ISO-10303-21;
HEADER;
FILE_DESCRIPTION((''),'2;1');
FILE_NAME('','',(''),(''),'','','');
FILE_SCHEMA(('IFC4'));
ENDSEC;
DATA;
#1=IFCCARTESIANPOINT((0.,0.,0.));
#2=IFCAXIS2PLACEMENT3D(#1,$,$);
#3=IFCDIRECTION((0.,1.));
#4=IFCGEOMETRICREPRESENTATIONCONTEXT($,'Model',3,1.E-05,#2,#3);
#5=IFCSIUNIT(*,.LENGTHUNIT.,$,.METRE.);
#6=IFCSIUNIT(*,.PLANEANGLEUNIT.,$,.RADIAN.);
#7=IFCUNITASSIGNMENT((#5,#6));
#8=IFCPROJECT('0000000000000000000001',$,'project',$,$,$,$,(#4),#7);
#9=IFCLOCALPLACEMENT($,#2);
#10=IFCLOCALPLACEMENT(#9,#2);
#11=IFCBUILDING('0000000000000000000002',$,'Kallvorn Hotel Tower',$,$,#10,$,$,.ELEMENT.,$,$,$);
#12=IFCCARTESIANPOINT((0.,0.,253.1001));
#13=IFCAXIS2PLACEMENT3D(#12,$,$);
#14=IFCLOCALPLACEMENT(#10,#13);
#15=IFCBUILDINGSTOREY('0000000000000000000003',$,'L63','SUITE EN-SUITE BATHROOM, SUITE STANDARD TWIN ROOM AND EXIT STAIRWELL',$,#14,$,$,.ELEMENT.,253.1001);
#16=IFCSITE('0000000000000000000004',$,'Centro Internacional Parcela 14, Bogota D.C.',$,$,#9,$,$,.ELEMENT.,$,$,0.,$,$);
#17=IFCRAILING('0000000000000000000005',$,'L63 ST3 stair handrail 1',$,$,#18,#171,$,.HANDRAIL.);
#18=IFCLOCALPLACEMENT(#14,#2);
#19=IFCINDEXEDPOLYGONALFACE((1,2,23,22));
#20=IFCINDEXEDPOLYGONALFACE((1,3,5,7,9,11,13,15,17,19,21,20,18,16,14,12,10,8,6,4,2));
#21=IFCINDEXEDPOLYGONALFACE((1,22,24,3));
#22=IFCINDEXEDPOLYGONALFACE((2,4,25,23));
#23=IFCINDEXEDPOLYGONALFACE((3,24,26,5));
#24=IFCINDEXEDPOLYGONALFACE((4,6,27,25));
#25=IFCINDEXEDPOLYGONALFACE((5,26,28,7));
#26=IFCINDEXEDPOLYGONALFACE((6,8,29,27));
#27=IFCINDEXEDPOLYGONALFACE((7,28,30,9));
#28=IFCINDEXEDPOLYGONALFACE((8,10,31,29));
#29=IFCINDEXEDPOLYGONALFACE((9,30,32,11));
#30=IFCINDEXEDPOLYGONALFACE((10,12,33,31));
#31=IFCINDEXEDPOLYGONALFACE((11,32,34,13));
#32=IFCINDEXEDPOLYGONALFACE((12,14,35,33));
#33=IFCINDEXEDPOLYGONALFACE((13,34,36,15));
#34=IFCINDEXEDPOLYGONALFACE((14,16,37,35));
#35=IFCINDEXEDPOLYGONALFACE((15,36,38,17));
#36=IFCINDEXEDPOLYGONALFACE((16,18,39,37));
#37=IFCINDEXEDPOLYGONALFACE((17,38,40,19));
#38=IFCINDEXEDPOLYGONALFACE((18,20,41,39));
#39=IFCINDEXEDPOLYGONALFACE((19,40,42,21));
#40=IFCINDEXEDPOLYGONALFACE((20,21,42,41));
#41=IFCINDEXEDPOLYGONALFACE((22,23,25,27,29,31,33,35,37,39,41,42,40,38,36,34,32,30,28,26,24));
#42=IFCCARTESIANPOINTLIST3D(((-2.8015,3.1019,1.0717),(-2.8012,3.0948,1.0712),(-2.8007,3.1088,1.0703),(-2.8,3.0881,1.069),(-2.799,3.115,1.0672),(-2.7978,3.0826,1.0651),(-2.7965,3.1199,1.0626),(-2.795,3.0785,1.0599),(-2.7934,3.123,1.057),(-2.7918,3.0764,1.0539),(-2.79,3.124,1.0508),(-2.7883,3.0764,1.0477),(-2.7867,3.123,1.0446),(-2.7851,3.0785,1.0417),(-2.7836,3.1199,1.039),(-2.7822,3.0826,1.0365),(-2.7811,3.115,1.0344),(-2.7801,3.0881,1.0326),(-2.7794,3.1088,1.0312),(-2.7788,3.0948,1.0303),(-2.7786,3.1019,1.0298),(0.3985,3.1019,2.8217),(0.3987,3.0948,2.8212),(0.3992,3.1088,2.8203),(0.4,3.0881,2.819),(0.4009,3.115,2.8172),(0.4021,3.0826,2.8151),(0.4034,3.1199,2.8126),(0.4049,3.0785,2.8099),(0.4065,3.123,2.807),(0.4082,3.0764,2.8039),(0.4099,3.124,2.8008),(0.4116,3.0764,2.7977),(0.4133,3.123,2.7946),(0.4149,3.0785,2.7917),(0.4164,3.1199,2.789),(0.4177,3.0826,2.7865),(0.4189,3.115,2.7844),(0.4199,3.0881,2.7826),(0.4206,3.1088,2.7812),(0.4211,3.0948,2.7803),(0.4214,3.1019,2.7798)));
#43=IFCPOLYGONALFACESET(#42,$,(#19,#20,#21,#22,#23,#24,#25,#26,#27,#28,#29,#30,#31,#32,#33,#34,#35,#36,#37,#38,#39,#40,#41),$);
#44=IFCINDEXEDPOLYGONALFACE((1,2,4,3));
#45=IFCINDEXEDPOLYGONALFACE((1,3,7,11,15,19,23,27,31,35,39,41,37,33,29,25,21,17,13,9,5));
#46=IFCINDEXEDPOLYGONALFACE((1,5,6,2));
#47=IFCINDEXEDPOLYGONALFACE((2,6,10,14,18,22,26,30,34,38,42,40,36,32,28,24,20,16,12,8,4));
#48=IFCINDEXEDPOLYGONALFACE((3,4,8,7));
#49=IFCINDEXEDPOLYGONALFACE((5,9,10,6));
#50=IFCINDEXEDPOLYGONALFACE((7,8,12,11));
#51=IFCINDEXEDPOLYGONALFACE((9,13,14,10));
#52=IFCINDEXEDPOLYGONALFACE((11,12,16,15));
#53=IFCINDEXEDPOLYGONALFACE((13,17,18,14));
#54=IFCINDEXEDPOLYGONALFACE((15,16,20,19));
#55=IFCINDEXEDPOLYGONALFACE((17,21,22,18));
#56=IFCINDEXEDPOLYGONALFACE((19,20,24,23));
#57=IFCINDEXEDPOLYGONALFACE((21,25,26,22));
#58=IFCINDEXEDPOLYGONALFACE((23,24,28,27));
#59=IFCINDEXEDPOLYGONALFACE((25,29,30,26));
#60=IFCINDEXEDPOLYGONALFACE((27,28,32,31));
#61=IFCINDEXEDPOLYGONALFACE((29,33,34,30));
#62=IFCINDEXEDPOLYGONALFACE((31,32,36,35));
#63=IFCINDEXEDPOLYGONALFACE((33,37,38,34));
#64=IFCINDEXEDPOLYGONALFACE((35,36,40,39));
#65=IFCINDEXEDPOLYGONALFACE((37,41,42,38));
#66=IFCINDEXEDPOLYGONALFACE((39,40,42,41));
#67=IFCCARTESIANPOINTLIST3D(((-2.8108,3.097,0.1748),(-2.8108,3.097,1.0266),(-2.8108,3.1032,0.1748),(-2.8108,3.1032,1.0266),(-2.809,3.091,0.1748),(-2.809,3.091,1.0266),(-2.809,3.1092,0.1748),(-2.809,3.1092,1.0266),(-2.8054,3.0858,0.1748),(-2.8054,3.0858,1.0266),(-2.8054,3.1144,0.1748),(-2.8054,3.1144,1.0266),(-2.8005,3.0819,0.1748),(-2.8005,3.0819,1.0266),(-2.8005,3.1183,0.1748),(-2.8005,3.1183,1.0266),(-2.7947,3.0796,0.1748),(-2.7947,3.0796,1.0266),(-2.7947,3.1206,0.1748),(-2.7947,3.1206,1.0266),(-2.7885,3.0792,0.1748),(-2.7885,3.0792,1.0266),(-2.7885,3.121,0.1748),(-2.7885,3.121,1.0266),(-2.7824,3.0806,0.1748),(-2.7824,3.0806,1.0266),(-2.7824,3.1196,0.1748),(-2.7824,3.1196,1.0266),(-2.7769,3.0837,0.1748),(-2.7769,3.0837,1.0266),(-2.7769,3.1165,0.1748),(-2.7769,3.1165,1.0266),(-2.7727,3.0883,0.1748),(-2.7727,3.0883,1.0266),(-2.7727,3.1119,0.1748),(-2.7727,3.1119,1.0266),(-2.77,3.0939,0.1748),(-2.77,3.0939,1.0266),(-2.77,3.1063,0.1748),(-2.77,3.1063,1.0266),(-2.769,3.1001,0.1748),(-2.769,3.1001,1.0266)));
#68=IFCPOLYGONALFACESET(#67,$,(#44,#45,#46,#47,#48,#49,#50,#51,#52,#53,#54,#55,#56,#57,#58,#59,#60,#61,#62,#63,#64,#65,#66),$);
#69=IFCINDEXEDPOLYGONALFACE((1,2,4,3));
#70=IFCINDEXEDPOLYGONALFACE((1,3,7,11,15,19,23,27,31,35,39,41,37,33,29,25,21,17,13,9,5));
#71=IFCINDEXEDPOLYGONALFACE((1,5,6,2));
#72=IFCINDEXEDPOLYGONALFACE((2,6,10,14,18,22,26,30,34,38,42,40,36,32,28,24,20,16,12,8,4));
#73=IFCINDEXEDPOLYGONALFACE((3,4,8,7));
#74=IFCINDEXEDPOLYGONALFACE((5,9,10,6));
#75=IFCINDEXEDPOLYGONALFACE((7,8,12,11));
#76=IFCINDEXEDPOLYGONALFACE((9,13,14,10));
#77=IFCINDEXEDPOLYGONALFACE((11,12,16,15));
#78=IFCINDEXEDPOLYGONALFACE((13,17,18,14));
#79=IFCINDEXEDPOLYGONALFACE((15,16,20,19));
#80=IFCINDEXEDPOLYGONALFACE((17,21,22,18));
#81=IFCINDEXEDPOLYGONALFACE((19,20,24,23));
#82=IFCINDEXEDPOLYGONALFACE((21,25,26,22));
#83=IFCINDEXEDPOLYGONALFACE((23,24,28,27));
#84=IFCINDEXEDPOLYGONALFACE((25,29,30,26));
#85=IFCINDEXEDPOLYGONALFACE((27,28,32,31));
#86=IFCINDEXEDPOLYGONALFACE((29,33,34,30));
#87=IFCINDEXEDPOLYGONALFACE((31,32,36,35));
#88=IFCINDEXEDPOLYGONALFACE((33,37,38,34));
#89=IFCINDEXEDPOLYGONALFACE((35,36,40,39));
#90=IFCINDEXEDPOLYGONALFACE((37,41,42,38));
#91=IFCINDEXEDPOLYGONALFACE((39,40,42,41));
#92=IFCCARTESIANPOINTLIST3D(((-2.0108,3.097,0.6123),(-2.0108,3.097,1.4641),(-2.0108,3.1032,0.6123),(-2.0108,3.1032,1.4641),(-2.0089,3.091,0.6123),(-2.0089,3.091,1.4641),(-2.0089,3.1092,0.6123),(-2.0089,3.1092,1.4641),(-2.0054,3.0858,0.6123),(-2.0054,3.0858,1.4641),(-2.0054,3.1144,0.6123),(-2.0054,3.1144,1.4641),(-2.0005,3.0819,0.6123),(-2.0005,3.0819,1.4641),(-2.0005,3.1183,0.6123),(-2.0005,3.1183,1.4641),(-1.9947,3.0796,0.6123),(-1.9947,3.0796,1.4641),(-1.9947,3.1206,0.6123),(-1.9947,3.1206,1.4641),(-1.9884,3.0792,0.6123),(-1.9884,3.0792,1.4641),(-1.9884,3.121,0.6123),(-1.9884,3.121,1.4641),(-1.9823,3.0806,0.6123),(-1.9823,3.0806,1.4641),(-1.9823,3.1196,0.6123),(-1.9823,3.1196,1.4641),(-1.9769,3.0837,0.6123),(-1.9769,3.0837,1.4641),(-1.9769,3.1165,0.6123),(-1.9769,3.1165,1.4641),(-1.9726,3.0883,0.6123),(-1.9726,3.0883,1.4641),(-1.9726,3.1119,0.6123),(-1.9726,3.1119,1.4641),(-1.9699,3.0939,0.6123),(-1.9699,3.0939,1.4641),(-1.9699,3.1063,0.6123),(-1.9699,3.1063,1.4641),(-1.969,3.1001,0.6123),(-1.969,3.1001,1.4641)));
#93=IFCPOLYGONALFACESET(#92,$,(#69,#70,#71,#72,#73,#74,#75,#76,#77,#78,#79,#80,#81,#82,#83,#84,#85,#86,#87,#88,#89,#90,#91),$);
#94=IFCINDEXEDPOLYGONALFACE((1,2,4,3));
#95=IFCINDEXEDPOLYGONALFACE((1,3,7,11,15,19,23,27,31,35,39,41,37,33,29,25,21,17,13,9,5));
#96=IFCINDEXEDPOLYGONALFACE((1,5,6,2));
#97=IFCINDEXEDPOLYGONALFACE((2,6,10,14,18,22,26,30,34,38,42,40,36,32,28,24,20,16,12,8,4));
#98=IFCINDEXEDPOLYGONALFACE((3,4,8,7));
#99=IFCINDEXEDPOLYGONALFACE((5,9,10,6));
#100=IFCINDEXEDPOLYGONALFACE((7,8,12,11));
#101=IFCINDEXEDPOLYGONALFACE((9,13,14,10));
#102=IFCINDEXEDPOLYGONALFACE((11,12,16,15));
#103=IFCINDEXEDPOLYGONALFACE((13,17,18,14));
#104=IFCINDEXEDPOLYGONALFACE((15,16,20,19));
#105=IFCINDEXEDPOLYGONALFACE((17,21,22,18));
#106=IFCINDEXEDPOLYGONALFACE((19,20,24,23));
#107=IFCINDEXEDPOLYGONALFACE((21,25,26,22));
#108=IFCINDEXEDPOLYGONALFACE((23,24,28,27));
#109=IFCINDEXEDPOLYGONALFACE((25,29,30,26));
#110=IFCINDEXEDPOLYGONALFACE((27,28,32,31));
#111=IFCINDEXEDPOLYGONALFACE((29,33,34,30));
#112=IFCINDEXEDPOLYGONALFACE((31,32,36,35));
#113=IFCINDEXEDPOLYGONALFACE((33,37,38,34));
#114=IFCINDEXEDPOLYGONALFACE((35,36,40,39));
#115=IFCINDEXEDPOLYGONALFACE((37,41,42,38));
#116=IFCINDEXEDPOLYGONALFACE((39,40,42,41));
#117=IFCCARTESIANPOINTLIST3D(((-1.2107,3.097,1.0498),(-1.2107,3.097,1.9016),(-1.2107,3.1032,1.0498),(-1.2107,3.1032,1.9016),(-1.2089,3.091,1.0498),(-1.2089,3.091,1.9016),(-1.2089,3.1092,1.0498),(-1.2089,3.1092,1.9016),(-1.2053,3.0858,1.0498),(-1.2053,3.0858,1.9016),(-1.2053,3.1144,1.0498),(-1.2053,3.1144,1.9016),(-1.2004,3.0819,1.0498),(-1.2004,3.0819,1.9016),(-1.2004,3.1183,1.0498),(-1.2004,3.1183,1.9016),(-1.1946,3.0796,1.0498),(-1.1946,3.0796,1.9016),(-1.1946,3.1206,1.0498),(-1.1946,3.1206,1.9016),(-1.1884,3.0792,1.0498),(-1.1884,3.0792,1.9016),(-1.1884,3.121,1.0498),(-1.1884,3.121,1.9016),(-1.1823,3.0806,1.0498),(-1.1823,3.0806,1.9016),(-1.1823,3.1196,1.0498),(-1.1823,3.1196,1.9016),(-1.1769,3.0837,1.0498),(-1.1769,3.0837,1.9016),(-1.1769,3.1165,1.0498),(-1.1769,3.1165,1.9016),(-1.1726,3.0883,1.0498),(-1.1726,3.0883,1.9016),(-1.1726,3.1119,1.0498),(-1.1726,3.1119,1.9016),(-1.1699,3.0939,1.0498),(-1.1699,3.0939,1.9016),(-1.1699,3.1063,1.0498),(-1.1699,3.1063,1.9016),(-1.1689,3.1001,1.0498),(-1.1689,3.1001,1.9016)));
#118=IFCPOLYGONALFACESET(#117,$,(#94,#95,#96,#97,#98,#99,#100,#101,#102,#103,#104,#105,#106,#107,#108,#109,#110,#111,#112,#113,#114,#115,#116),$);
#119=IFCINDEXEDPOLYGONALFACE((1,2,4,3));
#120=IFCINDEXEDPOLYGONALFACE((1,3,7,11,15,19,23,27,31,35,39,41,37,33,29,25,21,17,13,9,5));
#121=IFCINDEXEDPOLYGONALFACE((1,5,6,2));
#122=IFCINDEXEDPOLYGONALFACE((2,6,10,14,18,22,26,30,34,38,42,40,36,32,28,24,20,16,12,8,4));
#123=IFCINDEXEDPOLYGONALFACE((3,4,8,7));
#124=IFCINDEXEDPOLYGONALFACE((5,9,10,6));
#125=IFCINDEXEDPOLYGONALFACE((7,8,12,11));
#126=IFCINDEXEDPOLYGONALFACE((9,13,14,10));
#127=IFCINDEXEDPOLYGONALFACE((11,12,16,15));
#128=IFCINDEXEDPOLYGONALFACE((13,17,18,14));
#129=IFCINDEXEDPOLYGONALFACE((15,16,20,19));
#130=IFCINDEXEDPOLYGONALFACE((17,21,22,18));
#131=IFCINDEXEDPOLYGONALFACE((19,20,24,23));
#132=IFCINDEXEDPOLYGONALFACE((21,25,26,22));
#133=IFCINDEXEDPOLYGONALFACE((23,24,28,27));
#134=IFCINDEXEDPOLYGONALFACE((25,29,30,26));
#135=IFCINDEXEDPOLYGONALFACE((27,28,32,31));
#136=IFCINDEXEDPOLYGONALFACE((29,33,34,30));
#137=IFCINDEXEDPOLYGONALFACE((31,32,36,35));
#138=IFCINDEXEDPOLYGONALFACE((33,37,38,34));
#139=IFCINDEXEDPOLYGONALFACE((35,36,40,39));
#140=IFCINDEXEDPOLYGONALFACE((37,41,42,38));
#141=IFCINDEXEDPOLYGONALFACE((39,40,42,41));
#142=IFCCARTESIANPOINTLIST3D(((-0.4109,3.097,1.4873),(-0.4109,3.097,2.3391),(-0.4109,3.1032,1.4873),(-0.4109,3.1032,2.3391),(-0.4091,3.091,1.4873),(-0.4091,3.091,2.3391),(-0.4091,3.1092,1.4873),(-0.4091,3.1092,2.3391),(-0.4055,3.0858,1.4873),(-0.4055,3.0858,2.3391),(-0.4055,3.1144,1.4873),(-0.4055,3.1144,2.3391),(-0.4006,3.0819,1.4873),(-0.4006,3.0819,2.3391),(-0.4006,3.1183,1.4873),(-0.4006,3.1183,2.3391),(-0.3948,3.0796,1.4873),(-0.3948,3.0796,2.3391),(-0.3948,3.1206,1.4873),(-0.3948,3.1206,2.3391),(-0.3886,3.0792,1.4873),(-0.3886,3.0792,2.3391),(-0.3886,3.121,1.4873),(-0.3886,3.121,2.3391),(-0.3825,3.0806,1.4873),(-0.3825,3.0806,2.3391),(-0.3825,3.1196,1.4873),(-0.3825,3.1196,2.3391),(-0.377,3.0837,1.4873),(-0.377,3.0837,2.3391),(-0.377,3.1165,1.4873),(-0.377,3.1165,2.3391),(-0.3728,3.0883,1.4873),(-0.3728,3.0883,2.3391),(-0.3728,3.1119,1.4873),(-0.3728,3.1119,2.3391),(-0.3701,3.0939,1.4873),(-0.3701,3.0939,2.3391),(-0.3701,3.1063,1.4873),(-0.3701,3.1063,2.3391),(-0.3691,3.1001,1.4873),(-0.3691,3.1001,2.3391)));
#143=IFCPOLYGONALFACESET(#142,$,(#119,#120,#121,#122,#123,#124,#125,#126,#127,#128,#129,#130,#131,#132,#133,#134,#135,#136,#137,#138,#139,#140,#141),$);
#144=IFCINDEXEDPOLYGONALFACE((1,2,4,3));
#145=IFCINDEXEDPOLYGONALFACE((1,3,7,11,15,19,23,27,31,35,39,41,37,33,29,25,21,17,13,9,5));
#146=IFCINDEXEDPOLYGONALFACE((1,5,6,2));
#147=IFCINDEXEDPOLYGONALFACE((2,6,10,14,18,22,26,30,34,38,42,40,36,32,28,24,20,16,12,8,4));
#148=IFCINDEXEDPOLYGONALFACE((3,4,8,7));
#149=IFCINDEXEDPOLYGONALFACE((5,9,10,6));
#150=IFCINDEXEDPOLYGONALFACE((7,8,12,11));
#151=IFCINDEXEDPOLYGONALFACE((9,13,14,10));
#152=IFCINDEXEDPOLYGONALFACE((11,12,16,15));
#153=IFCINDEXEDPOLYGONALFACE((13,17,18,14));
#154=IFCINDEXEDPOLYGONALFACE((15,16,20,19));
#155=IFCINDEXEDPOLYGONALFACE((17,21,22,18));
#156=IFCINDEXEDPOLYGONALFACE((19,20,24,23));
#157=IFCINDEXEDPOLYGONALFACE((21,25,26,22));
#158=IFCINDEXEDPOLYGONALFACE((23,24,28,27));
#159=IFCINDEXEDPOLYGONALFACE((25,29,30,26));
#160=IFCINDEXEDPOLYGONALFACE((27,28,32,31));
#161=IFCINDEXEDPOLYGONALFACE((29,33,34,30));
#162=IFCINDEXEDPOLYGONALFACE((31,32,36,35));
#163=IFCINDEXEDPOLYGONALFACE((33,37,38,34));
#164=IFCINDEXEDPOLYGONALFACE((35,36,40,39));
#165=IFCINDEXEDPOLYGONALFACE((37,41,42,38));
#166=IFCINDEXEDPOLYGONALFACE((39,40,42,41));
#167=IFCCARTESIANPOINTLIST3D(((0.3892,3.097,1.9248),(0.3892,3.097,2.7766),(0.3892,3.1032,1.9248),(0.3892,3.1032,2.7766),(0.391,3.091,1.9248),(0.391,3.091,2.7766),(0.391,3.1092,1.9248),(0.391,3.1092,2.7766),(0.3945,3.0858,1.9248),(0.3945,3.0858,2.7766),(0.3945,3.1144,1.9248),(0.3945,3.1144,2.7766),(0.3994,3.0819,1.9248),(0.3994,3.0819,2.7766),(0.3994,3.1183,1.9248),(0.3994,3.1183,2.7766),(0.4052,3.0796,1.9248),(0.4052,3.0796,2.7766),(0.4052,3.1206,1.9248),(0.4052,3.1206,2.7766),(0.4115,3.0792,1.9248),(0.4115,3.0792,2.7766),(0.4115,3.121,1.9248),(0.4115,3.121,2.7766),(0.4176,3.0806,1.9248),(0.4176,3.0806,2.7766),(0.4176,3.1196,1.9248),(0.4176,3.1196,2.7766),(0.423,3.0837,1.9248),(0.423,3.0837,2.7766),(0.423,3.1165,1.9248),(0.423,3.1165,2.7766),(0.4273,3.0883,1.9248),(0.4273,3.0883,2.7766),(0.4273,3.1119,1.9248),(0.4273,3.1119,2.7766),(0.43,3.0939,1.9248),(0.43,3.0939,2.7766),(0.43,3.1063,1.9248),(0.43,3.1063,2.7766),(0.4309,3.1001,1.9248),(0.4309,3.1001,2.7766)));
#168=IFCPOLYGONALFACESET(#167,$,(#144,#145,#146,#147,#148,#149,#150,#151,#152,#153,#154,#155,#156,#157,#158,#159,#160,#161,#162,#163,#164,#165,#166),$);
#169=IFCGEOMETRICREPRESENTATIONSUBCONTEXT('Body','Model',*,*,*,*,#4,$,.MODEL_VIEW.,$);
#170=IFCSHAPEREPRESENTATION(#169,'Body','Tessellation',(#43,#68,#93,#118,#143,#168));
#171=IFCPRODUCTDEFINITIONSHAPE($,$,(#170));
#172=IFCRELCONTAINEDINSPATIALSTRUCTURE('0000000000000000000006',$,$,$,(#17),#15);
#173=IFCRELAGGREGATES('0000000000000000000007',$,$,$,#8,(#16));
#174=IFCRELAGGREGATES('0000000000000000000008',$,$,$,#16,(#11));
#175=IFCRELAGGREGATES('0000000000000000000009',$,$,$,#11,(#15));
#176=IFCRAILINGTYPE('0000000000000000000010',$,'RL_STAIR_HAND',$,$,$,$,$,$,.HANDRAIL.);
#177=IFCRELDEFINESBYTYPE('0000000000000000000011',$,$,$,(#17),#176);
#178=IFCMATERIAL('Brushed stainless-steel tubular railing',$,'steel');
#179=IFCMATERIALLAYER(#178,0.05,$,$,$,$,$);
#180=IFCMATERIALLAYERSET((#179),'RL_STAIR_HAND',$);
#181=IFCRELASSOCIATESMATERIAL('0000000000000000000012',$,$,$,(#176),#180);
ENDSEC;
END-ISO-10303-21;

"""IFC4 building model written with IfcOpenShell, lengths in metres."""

from ifc_helpers import new_model, si_unit, direction, frame, origin, origin_2d, place, context, subcontext, project, spatial, circle, extrude, material, layer, layer_set, type_object, element, save


model = new_model("IFC4")

# Units and contexts
model_context = context("Model", 3, precision=1e-05, world=origin(), true_north=direction((0.0, 1.0)))
body_context = subcontext(model_context, "Body", "Model", "MODEL_VIEW")
ifc_project = project(units=[si_unit("LENGTHUNIT", "METRE"), si_unit("PLANEANGLEUNIT", "RADIAN")], contexts=[model_context])

# Site, building, storey
site_placement = place(None, origin())
site = spatial("IfcSite", under=ifc_project, at=site_placement, Name="Centro Internacional Parcela 14, Bogota D.C.", CompositionType="ELEMENT", RefElevation=0.0)
building_placement = place(site_placement, origin())
building = spatial("IfcBuilding", under=site, at=building_placement, Name="Kallvorn Hotel Tower", CompositionType="ELEMENT")
storey_placement = place(building_placement, frame((0.0, 0.0, 253.1001)))
storey = spatial("IfcBuildingStorey", under=building, at=storey_placement, Name="L63", Description="SUITE EN-SUITE BATHROOM, SUITE STANDARD TWIN ROOM AND EXIT STAIRWELL", CompositionType="ELEMENT", Elevation=253.1001)

# Railing
ifc_material_1 = material(Name="Brushed stainless-steel tubular railing", Category="steel")
ifc_layer_1 = layer(ifc_material_1, 0.05)
ifc_layer_set_1 = layer_set([ifc_layer_1], Name="RL_STAIR_HAND")
railing_type_1 = type_object("IfcRailingType", Name="RL_STAIR_HAND", PredefinedType="HANDRAIL", material=ifc_layer_set_1)
railing_1_placement = place(storey_placement, frame((-2.79, 3.1001, 0.1748)))
element("IfcRailing", 1, at=railing_1_placement, inside=storey, type_object=railing_type_1, Name="L63 ST3 stair handrail 1", PredefinedType="HANDRAIL", context=body_context, shape_type="SweptSolid", body=[
    extrude(circle(Radius=0.0239, at=origin_2d()), frame((0.0, 0.0, 0.876), z_axis=(0.877368, 0.0, 0.479818), x_axis=(0.0, 1.0, 0.0)), (0.0, 0.0, 1.0), 3.6472),
    extrude(circle(Radius=0.021, at=origin_2d()), origin(), (0.0, 0.0, 1.0), 0.8518),
    extrude(circle(Radius=0.021, at=origin_2d()), frame((0.8, 0.0, 0.4375)), (0.0, 0.0, 1.0), 0.8518),
    extrude(circle(Radius=0.021, at=origin_2d()), frame((1.6001, 0.0, 0.875)), (0.0, 0.0, 1.0), 0.8518),
    extrude(circle(Radius=0.021, at=origin_2d()), frame((2.3999, 0.0, 1.3125)), (0.0, 0.0, 1.0), 0.8518),
    extrude(circle(Radius=0.021, at=origin_2d()), frame((3.2, 0.0, 1.75)), (0.0, 0.0, 1.0), 0.8518),
])

save(model, "model.ifc")
